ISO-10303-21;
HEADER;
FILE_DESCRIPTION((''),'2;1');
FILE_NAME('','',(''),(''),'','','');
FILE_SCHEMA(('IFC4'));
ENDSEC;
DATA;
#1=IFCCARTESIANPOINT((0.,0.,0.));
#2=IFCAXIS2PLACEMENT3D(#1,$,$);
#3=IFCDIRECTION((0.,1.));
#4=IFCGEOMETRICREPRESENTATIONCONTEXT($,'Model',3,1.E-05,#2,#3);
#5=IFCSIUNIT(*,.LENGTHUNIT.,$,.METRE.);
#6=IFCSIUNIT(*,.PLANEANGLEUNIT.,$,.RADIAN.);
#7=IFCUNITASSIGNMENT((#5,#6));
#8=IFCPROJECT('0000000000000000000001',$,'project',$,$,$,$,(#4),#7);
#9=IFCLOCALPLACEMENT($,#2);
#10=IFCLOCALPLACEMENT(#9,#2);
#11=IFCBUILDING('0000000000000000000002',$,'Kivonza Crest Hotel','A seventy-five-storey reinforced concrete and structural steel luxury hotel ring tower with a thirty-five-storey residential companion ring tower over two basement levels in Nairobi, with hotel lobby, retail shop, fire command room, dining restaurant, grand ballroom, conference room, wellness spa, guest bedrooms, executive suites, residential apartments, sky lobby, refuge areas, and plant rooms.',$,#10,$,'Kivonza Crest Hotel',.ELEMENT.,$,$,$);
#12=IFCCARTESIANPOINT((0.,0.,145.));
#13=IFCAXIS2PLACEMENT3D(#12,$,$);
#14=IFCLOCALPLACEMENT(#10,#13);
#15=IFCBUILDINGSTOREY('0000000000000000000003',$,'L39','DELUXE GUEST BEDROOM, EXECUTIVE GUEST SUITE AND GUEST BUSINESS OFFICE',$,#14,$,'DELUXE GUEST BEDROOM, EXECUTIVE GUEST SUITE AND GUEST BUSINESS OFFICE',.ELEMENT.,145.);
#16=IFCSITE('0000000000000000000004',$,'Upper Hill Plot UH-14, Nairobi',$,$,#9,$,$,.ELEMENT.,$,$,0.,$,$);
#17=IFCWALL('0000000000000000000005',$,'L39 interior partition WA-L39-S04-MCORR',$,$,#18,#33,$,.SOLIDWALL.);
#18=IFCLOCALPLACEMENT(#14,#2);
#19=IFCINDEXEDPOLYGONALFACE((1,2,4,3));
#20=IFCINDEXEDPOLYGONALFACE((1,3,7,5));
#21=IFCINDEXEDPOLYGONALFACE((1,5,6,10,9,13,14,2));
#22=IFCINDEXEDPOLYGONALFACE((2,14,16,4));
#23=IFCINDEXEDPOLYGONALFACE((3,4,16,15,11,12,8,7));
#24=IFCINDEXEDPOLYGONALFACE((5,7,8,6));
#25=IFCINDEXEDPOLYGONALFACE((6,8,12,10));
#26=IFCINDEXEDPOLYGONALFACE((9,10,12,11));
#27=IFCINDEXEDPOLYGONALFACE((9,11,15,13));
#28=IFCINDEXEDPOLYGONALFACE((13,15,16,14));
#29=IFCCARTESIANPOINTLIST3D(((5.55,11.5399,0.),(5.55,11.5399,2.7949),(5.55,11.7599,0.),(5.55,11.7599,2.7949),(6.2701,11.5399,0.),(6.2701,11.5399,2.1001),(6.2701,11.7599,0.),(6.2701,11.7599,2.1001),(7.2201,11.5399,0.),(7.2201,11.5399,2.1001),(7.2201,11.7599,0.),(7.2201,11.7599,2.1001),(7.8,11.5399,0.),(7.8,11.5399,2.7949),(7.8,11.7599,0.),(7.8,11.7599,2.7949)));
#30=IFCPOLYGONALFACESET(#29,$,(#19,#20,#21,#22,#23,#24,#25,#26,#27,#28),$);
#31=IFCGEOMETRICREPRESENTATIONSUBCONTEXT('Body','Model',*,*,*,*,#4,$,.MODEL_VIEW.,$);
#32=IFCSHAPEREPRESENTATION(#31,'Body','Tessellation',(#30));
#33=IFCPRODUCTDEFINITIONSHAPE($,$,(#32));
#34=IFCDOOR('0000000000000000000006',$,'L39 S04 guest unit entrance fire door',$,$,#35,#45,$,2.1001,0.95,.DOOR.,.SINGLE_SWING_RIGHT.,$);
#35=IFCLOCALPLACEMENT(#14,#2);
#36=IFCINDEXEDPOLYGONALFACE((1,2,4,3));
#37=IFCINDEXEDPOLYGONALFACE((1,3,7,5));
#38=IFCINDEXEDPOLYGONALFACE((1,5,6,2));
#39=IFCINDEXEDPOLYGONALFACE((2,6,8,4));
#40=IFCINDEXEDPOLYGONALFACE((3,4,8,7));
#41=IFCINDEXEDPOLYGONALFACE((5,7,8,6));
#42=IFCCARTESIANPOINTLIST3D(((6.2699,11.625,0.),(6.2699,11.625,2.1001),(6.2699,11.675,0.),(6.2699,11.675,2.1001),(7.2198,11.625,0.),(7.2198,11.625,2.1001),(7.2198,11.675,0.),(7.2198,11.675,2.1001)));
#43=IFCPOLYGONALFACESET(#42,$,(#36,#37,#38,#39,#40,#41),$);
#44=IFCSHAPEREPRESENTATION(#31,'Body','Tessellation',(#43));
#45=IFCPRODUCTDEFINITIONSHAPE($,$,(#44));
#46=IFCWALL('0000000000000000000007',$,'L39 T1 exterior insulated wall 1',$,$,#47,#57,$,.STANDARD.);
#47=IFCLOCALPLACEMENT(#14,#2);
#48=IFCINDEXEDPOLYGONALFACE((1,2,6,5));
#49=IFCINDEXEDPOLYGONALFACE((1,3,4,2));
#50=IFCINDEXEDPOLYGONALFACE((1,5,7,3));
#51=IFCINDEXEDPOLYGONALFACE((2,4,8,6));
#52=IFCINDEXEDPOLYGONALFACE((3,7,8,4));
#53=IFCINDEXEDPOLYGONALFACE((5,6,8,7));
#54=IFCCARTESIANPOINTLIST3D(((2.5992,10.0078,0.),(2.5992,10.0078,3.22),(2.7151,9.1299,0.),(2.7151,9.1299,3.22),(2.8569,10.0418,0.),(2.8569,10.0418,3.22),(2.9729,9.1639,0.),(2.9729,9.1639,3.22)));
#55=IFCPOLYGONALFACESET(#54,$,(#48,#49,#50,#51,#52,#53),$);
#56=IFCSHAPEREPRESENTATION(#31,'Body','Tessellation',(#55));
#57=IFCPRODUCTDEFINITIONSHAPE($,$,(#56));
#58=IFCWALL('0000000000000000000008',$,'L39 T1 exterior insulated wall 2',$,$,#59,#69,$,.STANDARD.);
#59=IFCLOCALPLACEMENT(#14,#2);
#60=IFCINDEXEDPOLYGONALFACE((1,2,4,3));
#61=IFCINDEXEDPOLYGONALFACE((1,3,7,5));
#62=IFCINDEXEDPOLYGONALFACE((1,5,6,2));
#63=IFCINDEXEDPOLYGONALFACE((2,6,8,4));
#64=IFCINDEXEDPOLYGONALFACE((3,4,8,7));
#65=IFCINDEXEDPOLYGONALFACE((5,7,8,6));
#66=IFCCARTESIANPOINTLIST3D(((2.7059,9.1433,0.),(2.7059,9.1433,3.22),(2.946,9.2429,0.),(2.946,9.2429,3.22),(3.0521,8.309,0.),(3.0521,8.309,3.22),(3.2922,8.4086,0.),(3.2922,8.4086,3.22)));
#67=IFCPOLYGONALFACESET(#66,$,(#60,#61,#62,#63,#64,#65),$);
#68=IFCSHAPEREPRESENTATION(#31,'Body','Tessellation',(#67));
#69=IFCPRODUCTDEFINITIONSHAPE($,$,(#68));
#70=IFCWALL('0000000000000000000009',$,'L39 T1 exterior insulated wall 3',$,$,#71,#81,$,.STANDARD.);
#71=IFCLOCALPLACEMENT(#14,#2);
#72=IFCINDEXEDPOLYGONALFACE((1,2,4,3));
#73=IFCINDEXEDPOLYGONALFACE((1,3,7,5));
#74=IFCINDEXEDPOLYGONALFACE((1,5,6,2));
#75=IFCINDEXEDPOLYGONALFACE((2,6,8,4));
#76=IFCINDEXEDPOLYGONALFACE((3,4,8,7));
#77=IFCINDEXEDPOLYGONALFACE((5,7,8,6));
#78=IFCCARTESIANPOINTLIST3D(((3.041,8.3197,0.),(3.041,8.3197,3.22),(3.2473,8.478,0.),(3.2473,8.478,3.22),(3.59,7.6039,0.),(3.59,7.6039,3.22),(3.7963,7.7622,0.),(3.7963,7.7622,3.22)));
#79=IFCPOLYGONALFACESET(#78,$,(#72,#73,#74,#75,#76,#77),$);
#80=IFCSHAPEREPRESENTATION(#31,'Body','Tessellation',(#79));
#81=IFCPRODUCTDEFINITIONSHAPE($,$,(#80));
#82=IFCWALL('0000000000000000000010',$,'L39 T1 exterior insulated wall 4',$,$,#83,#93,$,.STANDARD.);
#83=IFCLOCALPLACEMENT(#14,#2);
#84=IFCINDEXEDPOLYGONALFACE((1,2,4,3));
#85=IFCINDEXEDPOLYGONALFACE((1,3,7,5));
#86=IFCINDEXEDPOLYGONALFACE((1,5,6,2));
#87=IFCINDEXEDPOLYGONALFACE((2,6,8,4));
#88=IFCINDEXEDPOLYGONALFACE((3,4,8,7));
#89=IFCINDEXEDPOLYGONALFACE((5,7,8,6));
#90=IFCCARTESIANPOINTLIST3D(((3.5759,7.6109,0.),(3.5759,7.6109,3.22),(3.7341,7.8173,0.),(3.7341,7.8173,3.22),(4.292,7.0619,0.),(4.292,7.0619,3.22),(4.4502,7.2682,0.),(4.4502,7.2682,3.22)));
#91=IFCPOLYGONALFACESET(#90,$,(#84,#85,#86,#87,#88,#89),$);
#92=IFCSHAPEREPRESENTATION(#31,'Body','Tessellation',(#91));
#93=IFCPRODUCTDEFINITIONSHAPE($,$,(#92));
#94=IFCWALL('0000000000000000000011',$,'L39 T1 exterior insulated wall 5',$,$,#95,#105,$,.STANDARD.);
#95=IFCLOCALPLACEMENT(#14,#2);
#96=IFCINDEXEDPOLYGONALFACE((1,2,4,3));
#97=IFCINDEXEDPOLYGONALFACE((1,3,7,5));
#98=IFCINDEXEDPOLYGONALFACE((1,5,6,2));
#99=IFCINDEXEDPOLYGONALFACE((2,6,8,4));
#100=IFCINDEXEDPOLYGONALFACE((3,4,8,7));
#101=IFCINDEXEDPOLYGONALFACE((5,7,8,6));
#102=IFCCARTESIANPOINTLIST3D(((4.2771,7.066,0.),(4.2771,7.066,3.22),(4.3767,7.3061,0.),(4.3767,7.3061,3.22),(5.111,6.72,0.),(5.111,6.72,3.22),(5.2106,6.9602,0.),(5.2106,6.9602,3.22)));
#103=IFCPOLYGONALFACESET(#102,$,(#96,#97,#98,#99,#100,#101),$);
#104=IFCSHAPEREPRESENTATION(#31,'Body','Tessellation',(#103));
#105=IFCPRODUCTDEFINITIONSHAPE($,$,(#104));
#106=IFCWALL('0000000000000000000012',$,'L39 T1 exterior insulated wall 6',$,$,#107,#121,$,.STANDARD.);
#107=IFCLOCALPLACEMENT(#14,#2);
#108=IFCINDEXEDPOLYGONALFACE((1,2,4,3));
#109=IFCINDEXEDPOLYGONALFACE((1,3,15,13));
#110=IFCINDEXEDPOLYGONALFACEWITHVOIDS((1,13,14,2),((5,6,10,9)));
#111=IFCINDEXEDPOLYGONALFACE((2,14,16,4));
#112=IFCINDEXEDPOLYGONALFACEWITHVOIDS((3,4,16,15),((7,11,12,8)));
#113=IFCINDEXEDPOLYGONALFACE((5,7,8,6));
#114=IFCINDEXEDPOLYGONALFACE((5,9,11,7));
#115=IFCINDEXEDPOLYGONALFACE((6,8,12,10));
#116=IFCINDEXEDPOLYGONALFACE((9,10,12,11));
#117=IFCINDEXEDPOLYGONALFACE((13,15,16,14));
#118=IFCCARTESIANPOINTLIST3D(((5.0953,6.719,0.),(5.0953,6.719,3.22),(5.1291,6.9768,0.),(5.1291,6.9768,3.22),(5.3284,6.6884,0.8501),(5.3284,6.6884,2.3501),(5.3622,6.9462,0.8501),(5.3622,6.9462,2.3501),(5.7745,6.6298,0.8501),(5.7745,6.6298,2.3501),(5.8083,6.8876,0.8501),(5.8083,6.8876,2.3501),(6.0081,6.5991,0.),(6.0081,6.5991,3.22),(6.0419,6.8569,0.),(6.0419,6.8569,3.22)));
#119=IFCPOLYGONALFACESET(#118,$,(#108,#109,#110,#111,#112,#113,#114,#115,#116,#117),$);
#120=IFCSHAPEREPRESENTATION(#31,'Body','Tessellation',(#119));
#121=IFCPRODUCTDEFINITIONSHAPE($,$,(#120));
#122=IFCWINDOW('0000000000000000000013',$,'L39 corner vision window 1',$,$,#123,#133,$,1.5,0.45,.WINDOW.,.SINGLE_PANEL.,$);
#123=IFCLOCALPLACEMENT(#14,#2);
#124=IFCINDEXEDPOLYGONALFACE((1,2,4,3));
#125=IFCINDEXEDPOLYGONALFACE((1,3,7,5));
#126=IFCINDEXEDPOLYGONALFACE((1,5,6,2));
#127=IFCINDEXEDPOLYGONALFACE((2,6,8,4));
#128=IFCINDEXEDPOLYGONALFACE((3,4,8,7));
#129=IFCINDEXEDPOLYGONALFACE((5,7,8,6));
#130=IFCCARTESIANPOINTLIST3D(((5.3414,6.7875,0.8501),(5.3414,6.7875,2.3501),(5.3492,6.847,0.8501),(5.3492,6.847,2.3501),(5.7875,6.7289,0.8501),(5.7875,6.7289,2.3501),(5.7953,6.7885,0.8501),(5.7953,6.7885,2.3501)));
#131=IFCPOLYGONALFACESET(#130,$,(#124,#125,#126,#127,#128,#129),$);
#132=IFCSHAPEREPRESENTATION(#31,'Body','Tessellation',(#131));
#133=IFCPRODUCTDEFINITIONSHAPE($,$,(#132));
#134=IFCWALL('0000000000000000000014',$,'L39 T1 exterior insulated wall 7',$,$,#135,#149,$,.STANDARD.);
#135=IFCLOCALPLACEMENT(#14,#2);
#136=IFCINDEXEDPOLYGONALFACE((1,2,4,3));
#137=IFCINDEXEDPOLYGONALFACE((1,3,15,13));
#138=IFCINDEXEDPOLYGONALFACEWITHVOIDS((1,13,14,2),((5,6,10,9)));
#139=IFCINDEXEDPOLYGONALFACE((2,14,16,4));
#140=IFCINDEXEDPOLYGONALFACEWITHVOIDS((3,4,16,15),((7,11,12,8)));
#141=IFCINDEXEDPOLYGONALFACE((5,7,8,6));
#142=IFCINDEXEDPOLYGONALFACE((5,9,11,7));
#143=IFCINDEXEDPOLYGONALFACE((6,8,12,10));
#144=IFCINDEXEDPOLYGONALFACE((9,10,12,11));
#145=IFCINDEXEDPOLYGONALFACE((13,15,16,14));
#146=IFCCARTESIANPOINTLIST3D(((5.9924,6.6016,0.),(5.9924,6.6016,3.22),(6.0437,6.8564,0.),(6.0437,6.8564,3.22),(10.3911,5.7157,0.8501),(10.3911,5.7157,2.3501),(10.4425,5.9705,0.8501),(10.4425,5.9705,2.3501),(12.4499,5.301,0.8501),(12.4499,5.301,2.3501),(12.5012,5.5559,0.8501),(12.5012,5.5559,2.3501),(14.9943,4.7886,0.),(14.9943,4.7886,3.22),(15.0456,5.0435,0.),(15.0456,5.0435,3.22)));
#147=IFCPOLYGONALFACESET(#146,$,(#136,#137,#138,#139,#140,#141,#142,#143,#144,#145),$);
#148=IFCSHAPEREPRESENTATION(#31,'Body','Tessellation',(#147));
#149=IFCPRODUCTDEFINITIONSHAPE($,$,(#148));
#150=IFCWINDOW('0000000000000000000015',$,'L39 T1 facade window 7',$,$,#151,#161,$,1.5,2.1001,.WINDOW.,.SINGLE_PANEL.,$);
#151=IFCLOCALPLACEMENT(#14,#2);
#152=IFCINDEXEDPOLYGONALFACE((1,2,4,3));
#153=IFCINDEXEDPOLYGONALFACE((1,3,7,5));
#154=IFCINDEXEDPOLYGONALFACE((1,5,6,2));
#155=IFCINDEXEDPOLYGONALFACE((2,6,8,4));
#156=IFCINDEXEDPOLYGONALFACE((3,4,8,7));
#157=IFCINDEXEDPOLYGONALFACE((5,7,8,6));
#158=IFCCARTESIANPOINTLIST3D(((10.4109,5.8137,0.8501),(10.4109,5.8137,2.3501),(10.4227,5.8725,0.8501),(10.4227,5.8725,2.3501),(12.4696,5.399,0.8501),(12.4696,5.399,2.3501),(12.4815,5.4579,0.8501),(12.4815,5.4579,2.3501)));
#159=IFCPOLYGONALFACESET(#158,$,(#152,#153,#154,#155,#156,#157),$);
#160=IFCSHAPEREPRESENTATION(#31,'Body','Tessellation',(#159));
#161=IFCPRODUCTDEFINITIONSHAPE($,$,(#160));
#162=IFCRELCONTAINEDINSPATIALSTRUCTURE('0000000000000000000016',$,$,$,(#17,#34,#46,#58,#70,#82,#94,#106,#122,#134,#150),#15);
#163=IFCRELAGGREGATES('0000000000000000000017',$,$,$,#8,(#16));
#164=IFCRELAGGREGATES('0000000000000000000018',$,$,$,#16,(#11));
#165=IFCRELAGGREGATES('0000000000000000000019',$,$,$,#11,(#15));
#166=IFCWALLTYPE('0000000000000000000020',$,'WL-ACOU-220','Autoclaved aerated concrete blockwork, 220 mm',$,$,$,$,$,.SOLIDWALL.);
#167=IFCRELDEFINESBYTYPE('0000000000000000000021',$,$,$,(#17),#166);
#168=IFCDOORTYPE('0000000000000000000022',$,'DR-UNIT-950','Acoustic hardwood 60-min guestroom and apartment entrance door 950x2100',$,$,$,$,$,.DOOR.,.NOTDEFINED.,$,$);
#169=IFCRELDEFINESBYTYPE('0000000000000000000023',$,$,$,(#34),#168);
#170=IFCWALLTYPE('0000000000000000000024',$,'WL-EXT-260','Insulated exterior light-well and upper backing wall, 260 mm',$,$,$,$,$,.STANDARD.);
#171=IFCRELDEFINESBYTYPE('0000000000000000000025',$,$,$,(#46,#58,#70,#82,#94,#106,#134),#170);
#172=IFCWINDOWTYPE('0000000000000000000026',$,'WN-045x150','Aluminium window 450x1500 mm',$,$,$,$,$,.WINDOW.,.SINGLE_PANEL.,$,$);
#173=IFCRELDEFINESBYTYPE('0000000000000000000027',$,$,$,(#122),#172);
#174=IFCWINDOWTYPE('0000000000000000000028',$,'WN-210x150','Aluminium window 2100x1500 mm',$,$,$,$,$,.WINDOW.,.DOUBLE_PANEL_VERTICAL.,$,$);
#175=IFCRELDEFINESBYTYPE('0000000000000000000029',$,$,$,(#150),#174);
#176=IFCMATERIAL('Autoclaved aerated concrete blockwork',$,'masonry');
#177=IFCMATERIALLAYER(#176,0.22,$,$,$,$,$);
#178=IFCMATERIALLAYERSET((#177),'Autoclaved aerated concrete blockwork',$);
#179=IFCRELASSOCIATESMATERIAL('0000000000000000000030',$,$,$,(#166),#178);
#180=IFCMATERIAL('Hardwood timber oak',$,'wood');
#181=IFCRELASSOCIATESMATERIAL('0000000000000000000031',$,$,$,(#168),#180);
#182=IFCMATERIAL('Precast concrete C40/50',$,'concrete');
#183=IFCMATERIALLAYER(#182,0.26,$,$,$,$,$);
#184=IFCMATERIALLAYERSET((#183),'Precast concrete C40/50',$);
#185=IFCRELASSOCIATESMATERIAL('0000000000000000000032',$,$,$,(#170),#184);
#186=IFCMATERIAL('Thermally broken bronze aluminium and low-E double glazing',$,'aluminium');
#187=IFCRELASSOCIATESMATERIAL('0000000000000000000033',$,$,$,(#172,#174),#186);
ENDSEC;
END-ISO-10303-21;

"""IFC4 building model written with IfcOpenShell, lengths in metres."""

from ifc_helpers import new_model, si_unit, direction, frame, frame_2d, origin, place, context, subcontext, project, spatial, rectangle, extrude, material, layer, layer_set, type_object, element, fill, save


model = new_model("IFC4")

# Units and contexts
model_context = context("Model", 3, precision=1e-05, world=origin(), true_north=direction((0.0, 1.0)))
body_context = subcontext(model_context, "Body", "Model", "MODEL_VIEW")
ifc_project = project(units=[si_unit("LENGTHUNIT", "METRE"), si_unit("PLANEANGLEUNIT", "RADIAN")], contexts=[model_context])

# Site, building, storey
site_placement = place(None, origin())
site = spatial("IfcSite", under=ifc_project, at=site_placement, Name="Upper Hill Plot UH-14, Nairobi", CompositionType="ELEMENT", RefElevation=0.0)
building_placement = place(site_placement, origin())
building = spatial("IfcBuilding", under=site, at=building_placement, Name="Kivonza Crest Hotel", Description="A seventy-five-storey reinforced concrete and structural steel luxury hotel ring tower with a thirty-five-storey residential companion ring tower over two basement levels in Nairobi, with hotel lobby, retail shop, fire command room, dining restaurant, grand ballroom, conference room, wellness spa, guest bedrooms, executive suites, residential apartments, sky lobby, refuge areas, and plant rooms.", LongName="Kivonza Crest Hotel", CompositionType="ELEMENT")
storey_placement = place(building_placement, frame((0.0, 0.0, 145.0)))
storey = spatial("IfcBuildingStorey", under=building, at=storey_placement, Name="L39", Description="DELUXE GUEST BEDROOM, EXECUTIVE GUEST SUITE AND GUEST BUSINESS OFFICE", LongName="DELUXE GUEST BEDROOM, EXECUTIVE GUEST SUITE AND GUEST BUSINESS OFFICE", CompositionType="ELEMENT", Elevation=145.0)

# Shared definitions
ifc_material_1 = material(Name="Autoclaved aerated concrete blockwork", Category="masonry")
ifc_layer_1 = layer(ifc_material_1, 0.22)
ifc_layer_set_1 = layer_set([ifc_layer_1], Name="Autoclaved aerated concrete blockwork")
wall_type_1 = type_object("IfcWallType", Name="WL-ACOU-220", Description="Autoclaved aerated concrete blockwork, 220 mm", PredefinedType="SOLIDWALL", material=ifc_layer_set_1)

# Wall, opening, door
wall_1_placement = place(storey_placement, frame((5.55, 11.6499, 0.0), z_axis=(0.0, 0.0, 1.0), x_axis=(1.0, 0.0, 0.0)))
wall_1 = element("IfcWall", 1, at=wall_1_placement, inside=storey, type_object=wall_type_1, Name="L39 interior partition WA-L39-S04-MCORR", PredefinedType="SOLIDWALL", context=body_context, shape_type="SweptSolid", body=[
    extrude(rectangle(XDim=2.25, YDim=0.22, at=frame_2d((1.125, 0.0))), origin(), (0.0, 0.0, 1.0), 2.7949),
])
opening_1_placement = place(wall_1_placement, frame((0.72, 0.0, 0.0)))
opening_1 = element("IfcOpeningElement", 2, at=opening_1_placement, cuts=wall_1, PredefinedType="OPENING", context=body_context, shape_type="SweptSolid", body=[
    extrude(rectangle(XDim=0.95, YDim=2.1001, at=frame_2d((0.4751, 1.05))), frame((0.0, 0.1201, 0.0), z_axis=(0.0, -1.0, 0.0), x_axis=(1.0, 0.0, 0.0)), (0.0, 0.0, 1.0), 0.24),
])
ifc_material_2 = material(Name="Hardwood timber oak", Category="wood")
door_type_1 = type_object("IfcDoorType", Name="DR-UNIT-950", Description="Acoustic hardwood 60-min guestroom and apartment entrance door 950x2100", OperationType="NOTDEFINED", PredefinedType="DOOR", material=ifc_material_2)
door_1_placement = place(opening_1_placement, frame((0.95, 0.0, 0.0), z_axis=(0.0, 0.0, 1.0), x_axis=(-1.0, 0.0, 0.0)))
door_1 = element("IfcDoor", 3, at=door_1_placement, inside=storey, type_object=door_type_1, Name="L39 S04 guest unit entrance fire door", OperationType="SINGLE_SWING_RIGHT", OverallHeight=2.1001, OverallWidth=0.95, PredefinedType="DOOR", context=body_context, shape_type="SweptSolid", body=[
    extrude(rectangle(XDim=0.95, YDim=2.1001, at=frame_2d((0.4751, 1.05))), frame((0.0, 0.0249, 0.0), z_axis=(0.0, -1.0, 0.0), x_axis=(1.0, 0.0, 0.0)), (0.0, 0.0, 1.0), 0.05),
])
fill(opening_1, door_1)

# Walls
ifc_material_3 = material(Name="Precast concrete C40/50", Category="concrete")
ifc_layer_2 = layer(ifc_material_3, 0.26)
ifc_layer_set_2 = layer_set([ifc_layer_2], Name="Precast concrete C40/50")
wall_type_2 = type_object("IfcWallType", Name="WL-EXT-260", Description="Insulated exterior light-well and upper backing wall, 260 mm", PredefinedType="STANDARD", material=ifc_layer_set_2)
wall_2_placement = place(storey_placement, frame((2.728, 10.0249, 0.0), z_axis=(0.0, 0.0, 1.0), x_axis=(0.130954, -0.991388, 0.0)))
element("IfcWall", 4, at=wall_2_placement, inside=storey, type_object=wall_type_2, Name="L39 T1 exterior insulated wall 1", PredefinedType="STANDARD", context=body_context, shape_type="SweptSolid", body=[
    extrude(rectangle(XDim=0.8855, YDim=0.26, at=frame_2d((0.4429, 0.0))), origin(), (0.0, 0.0, 1.0), 3.22),
])
wall_3_placement = place(storey_placement, frame((2.8259, 9.1931, 0.0), z_axis=(0.0, 0.0, 1.0), x_axis=(0.383291, -0.923628, 0.0)))
element("IfcWall", 5, at=wall_3_placement, inside=storey, type_object=wall_type_2, Name="L39 T1 exterior insulated wall 2", PredefinedType="STANDARD", context=body_context, shape_type="SweptSolid", body=[
    extrude(rectangle(XDim=0.9033, YDim=0.26, at=frame_2d((0.4517, 0.0))), origin(), (0.0, 0.0, 1.0), 3.22),
])
wall_4_placement = place(storey_placement, frame((3.144, 8.3989, 0.0), z_axis=(0.0, 0.0, 1.0), x_axis=(0.608625, -0.793458, 0.0)))
element("IfcWall", 6, at=wall_4_placement, inside=storey, type_object=wall_type_2, Name="L39 T1 exterior insulated wall 3", PredefinedType="STANDARD", context=body_context, shape_type="SweptSolid", body=[
    extrude(rectangle(XDim=0.9021, YDim=0.26, at=frame_2d((0.4512, 0.0))), origin(), (0.0, 0.0, 1.0), 3.22),
])
wall_5_placement = place(storey_placement, frame((3.655, 7.7141, 0.0), z_axis=(0.0, 0.0, 1.0), x_axis=(0.793558, -0.608494, 0.0)))
element("IfcWall", 7, at=wall_5_placement, inside=storey, type_object=wall_type_2, Name="L39 T1 exterior insulated wall 4", PredefinedType="STANDARD", context=body_context, shape_type="SweptSolid", body=[
    extrude(rectangle(XDim=0.9023, YDim=0.26, at=frame_2d((0.4512, 0.0))), origin(), (0.0, 0.0, 1.0), 3.22),
])
wall_6_placement = place(storey_placement, frame((4.3269, 7.186, 0.0), z_axis=(0.0, 0.0, 1.0), x_axis=(0.923684, -0.383156, 0.0)))
element("IfcWall", 8, at=wall_6_placement, inside=storey, type_object=wall_type_2, Name="L39 T1 exterior insulated wall 5", PredefinedType="STANDARD", context=body_context, shape_type="SweptSolid", body=[
    extrude(rectangle(XDim=0.9028, YDim=0.26, at=frame_2d((0.4514, 0.0))), origin(), (0.0, 0.0, 1.0), 3.22),
])

# Walls, openings, windows
wall_7_placement = place(storey_placement, frame((5.1121, 6.8479, 0.0), z_axis=(0.0, 0.0, 1.0), x_axis=(0.991488, -0.130201, 0.0)))
wall_7 = element("IfcWall", 9, at=wall_7_placement, inside=storey, type_object=wall_type_2, Name="L39 T1 exterior insulated wall 6", PredefinedType="STANDARD", context=body_context, shape_type="SweptSolid", body=[
    extrude(rectangle(XDim=0.9207, YDim=0.26, at=frame_2d((0.4604, 0.0))), origin(), (0.0, 0.0, 1.0), 3.22),
])
opening_2_placement = place(wall_7_placement, frame((0.2351, 0.0, 0.8501)))
opening_2 = element("IfcOpeningElement", 10, at=opening_2_placement, cuts=wall_7, PredefinedType="OPENING", context=body_context, shape_type="SweptSolid", body=[
    extrude(rectangle(XDim=0.45, YDim=1.5, at=frame_2d((0.2251, 0.75))), frame((0.0, 0.1401, 0.0), z_axis=(0.0, -1.0, 0.0), x_axis=(1.0, 0.0, 0.0)), (0.0, 0.0, 1.0), 0.28),
])
ifc_material_4 = material(Name="Thermally broken bronze aluminium and low-E double glazing", Category="aluminium")
window_type_1 = type_object("IfcWindowType", Name="WN-045x150", Description="Aluminium window 450x1500 mm", PartitioningType="SINGLE_PANEL", PredefinedType="WINDOW", material=ifc_material_4)
window_1_placement = place(opening_2_placement, origin())
window_1 = element("IfcWindow", 11, at=window_1_placement, inside=storey, type_object=window_type_1, Name="L39 corner vision window 1", OverallHeight=1.5, OverallWidth=0.45, PartitioningType="SINGLE_PANEL", PredefinedType="WINDOW", context=body_context, shape_type="SweptSolid", body=[
    extrude(rectangle(XDim=0.45, YDim=1.5, at=frame_2d((0.2251, 0.75))), frame((0.0, 0.03, 0.0), z_axis=(0.0, -1.0, 0.0), x_axis=(1.0, 0.0, 0.0)), (0.0, 0.0, 1.0), 0.0601),
])
fill(opening_2, window_1)
wall_8_placement = place(storey_placement, frame((6.0181, 6.729, 0.0), z_axis=(0.0, 0.0, 1.0), x_axis=(0.980316, -0.197435, 0.0)))
wall_8 = element("IfcWall", 12, at=wall_8_placement, inside=storey, type_object=wall_type_2, Name="L39 T1 exterior insulated wall 7", PredefinedType="STANDARD", context=body_context, shape_type="SweptSolid", body=[
    extrude(rectangle(XDim=9.1826, YDim=0.26, at=frame_2d((4.5913, 0.0))), origin(), (0.0, 0.0, 1.0), 3.22),
])
opening_3_placement = place(wall_8_placement, frame((4.4871, 0.0, 0.8501)))
opening_3 = element("IfcOpeningElement", 13, at=opening_3_placement, cuts=wall_8, PredefinedType="OPENING", context=body_context, shape_type="SweptSolid", body=[
    extrude(rectangle(XDim=2.1001, YDim=1.5, at=frame_2d((1.05, 0.75))), frame((0.0, 0.1401, 0.0), z_axis=(0.0, -1.0, 0.0), x_axis=(1.0, 0.0, 0.0)), (0.0, 0.0, 1.0), 0.28),
])
window_type_2 = type_object("IfcWindowType", Name="WN-210x150", Description="Aluminium window 2100x1500 mm", PartitioningType="DOUBLE_PANEL_VERTICAL", PredefinedType="WINDOW", material=ifc_material_4)
window_2_placement = place(opening_3_placement, origin())
window_2 = element("IfcWindow", 14, at=window_2_placement, inside=storey, type_object=window_type_2, Name="L39 T1 facade window 7", OverallHeight=1.5, OverallWidth=2.1001, PartitioningType="SINGLE_PANEL", PredefinedType="WINDOW", context=body_context, shape_type="SweptSolid", body=[
    extrude(rectangle(XDim=2.1001, YDim=1.5, at=frame_2d((1.05, 0.75))), frame((0.0, 0.03, 0.0), z_axis=(0.0, -1.0, 0.0), x_axis=(1.0, 0.0, 0.0)), (0.0, 0.0, 1.0), 0.0601),
])
fill(opening_3, window_2)

save(model, "model.ifc")
